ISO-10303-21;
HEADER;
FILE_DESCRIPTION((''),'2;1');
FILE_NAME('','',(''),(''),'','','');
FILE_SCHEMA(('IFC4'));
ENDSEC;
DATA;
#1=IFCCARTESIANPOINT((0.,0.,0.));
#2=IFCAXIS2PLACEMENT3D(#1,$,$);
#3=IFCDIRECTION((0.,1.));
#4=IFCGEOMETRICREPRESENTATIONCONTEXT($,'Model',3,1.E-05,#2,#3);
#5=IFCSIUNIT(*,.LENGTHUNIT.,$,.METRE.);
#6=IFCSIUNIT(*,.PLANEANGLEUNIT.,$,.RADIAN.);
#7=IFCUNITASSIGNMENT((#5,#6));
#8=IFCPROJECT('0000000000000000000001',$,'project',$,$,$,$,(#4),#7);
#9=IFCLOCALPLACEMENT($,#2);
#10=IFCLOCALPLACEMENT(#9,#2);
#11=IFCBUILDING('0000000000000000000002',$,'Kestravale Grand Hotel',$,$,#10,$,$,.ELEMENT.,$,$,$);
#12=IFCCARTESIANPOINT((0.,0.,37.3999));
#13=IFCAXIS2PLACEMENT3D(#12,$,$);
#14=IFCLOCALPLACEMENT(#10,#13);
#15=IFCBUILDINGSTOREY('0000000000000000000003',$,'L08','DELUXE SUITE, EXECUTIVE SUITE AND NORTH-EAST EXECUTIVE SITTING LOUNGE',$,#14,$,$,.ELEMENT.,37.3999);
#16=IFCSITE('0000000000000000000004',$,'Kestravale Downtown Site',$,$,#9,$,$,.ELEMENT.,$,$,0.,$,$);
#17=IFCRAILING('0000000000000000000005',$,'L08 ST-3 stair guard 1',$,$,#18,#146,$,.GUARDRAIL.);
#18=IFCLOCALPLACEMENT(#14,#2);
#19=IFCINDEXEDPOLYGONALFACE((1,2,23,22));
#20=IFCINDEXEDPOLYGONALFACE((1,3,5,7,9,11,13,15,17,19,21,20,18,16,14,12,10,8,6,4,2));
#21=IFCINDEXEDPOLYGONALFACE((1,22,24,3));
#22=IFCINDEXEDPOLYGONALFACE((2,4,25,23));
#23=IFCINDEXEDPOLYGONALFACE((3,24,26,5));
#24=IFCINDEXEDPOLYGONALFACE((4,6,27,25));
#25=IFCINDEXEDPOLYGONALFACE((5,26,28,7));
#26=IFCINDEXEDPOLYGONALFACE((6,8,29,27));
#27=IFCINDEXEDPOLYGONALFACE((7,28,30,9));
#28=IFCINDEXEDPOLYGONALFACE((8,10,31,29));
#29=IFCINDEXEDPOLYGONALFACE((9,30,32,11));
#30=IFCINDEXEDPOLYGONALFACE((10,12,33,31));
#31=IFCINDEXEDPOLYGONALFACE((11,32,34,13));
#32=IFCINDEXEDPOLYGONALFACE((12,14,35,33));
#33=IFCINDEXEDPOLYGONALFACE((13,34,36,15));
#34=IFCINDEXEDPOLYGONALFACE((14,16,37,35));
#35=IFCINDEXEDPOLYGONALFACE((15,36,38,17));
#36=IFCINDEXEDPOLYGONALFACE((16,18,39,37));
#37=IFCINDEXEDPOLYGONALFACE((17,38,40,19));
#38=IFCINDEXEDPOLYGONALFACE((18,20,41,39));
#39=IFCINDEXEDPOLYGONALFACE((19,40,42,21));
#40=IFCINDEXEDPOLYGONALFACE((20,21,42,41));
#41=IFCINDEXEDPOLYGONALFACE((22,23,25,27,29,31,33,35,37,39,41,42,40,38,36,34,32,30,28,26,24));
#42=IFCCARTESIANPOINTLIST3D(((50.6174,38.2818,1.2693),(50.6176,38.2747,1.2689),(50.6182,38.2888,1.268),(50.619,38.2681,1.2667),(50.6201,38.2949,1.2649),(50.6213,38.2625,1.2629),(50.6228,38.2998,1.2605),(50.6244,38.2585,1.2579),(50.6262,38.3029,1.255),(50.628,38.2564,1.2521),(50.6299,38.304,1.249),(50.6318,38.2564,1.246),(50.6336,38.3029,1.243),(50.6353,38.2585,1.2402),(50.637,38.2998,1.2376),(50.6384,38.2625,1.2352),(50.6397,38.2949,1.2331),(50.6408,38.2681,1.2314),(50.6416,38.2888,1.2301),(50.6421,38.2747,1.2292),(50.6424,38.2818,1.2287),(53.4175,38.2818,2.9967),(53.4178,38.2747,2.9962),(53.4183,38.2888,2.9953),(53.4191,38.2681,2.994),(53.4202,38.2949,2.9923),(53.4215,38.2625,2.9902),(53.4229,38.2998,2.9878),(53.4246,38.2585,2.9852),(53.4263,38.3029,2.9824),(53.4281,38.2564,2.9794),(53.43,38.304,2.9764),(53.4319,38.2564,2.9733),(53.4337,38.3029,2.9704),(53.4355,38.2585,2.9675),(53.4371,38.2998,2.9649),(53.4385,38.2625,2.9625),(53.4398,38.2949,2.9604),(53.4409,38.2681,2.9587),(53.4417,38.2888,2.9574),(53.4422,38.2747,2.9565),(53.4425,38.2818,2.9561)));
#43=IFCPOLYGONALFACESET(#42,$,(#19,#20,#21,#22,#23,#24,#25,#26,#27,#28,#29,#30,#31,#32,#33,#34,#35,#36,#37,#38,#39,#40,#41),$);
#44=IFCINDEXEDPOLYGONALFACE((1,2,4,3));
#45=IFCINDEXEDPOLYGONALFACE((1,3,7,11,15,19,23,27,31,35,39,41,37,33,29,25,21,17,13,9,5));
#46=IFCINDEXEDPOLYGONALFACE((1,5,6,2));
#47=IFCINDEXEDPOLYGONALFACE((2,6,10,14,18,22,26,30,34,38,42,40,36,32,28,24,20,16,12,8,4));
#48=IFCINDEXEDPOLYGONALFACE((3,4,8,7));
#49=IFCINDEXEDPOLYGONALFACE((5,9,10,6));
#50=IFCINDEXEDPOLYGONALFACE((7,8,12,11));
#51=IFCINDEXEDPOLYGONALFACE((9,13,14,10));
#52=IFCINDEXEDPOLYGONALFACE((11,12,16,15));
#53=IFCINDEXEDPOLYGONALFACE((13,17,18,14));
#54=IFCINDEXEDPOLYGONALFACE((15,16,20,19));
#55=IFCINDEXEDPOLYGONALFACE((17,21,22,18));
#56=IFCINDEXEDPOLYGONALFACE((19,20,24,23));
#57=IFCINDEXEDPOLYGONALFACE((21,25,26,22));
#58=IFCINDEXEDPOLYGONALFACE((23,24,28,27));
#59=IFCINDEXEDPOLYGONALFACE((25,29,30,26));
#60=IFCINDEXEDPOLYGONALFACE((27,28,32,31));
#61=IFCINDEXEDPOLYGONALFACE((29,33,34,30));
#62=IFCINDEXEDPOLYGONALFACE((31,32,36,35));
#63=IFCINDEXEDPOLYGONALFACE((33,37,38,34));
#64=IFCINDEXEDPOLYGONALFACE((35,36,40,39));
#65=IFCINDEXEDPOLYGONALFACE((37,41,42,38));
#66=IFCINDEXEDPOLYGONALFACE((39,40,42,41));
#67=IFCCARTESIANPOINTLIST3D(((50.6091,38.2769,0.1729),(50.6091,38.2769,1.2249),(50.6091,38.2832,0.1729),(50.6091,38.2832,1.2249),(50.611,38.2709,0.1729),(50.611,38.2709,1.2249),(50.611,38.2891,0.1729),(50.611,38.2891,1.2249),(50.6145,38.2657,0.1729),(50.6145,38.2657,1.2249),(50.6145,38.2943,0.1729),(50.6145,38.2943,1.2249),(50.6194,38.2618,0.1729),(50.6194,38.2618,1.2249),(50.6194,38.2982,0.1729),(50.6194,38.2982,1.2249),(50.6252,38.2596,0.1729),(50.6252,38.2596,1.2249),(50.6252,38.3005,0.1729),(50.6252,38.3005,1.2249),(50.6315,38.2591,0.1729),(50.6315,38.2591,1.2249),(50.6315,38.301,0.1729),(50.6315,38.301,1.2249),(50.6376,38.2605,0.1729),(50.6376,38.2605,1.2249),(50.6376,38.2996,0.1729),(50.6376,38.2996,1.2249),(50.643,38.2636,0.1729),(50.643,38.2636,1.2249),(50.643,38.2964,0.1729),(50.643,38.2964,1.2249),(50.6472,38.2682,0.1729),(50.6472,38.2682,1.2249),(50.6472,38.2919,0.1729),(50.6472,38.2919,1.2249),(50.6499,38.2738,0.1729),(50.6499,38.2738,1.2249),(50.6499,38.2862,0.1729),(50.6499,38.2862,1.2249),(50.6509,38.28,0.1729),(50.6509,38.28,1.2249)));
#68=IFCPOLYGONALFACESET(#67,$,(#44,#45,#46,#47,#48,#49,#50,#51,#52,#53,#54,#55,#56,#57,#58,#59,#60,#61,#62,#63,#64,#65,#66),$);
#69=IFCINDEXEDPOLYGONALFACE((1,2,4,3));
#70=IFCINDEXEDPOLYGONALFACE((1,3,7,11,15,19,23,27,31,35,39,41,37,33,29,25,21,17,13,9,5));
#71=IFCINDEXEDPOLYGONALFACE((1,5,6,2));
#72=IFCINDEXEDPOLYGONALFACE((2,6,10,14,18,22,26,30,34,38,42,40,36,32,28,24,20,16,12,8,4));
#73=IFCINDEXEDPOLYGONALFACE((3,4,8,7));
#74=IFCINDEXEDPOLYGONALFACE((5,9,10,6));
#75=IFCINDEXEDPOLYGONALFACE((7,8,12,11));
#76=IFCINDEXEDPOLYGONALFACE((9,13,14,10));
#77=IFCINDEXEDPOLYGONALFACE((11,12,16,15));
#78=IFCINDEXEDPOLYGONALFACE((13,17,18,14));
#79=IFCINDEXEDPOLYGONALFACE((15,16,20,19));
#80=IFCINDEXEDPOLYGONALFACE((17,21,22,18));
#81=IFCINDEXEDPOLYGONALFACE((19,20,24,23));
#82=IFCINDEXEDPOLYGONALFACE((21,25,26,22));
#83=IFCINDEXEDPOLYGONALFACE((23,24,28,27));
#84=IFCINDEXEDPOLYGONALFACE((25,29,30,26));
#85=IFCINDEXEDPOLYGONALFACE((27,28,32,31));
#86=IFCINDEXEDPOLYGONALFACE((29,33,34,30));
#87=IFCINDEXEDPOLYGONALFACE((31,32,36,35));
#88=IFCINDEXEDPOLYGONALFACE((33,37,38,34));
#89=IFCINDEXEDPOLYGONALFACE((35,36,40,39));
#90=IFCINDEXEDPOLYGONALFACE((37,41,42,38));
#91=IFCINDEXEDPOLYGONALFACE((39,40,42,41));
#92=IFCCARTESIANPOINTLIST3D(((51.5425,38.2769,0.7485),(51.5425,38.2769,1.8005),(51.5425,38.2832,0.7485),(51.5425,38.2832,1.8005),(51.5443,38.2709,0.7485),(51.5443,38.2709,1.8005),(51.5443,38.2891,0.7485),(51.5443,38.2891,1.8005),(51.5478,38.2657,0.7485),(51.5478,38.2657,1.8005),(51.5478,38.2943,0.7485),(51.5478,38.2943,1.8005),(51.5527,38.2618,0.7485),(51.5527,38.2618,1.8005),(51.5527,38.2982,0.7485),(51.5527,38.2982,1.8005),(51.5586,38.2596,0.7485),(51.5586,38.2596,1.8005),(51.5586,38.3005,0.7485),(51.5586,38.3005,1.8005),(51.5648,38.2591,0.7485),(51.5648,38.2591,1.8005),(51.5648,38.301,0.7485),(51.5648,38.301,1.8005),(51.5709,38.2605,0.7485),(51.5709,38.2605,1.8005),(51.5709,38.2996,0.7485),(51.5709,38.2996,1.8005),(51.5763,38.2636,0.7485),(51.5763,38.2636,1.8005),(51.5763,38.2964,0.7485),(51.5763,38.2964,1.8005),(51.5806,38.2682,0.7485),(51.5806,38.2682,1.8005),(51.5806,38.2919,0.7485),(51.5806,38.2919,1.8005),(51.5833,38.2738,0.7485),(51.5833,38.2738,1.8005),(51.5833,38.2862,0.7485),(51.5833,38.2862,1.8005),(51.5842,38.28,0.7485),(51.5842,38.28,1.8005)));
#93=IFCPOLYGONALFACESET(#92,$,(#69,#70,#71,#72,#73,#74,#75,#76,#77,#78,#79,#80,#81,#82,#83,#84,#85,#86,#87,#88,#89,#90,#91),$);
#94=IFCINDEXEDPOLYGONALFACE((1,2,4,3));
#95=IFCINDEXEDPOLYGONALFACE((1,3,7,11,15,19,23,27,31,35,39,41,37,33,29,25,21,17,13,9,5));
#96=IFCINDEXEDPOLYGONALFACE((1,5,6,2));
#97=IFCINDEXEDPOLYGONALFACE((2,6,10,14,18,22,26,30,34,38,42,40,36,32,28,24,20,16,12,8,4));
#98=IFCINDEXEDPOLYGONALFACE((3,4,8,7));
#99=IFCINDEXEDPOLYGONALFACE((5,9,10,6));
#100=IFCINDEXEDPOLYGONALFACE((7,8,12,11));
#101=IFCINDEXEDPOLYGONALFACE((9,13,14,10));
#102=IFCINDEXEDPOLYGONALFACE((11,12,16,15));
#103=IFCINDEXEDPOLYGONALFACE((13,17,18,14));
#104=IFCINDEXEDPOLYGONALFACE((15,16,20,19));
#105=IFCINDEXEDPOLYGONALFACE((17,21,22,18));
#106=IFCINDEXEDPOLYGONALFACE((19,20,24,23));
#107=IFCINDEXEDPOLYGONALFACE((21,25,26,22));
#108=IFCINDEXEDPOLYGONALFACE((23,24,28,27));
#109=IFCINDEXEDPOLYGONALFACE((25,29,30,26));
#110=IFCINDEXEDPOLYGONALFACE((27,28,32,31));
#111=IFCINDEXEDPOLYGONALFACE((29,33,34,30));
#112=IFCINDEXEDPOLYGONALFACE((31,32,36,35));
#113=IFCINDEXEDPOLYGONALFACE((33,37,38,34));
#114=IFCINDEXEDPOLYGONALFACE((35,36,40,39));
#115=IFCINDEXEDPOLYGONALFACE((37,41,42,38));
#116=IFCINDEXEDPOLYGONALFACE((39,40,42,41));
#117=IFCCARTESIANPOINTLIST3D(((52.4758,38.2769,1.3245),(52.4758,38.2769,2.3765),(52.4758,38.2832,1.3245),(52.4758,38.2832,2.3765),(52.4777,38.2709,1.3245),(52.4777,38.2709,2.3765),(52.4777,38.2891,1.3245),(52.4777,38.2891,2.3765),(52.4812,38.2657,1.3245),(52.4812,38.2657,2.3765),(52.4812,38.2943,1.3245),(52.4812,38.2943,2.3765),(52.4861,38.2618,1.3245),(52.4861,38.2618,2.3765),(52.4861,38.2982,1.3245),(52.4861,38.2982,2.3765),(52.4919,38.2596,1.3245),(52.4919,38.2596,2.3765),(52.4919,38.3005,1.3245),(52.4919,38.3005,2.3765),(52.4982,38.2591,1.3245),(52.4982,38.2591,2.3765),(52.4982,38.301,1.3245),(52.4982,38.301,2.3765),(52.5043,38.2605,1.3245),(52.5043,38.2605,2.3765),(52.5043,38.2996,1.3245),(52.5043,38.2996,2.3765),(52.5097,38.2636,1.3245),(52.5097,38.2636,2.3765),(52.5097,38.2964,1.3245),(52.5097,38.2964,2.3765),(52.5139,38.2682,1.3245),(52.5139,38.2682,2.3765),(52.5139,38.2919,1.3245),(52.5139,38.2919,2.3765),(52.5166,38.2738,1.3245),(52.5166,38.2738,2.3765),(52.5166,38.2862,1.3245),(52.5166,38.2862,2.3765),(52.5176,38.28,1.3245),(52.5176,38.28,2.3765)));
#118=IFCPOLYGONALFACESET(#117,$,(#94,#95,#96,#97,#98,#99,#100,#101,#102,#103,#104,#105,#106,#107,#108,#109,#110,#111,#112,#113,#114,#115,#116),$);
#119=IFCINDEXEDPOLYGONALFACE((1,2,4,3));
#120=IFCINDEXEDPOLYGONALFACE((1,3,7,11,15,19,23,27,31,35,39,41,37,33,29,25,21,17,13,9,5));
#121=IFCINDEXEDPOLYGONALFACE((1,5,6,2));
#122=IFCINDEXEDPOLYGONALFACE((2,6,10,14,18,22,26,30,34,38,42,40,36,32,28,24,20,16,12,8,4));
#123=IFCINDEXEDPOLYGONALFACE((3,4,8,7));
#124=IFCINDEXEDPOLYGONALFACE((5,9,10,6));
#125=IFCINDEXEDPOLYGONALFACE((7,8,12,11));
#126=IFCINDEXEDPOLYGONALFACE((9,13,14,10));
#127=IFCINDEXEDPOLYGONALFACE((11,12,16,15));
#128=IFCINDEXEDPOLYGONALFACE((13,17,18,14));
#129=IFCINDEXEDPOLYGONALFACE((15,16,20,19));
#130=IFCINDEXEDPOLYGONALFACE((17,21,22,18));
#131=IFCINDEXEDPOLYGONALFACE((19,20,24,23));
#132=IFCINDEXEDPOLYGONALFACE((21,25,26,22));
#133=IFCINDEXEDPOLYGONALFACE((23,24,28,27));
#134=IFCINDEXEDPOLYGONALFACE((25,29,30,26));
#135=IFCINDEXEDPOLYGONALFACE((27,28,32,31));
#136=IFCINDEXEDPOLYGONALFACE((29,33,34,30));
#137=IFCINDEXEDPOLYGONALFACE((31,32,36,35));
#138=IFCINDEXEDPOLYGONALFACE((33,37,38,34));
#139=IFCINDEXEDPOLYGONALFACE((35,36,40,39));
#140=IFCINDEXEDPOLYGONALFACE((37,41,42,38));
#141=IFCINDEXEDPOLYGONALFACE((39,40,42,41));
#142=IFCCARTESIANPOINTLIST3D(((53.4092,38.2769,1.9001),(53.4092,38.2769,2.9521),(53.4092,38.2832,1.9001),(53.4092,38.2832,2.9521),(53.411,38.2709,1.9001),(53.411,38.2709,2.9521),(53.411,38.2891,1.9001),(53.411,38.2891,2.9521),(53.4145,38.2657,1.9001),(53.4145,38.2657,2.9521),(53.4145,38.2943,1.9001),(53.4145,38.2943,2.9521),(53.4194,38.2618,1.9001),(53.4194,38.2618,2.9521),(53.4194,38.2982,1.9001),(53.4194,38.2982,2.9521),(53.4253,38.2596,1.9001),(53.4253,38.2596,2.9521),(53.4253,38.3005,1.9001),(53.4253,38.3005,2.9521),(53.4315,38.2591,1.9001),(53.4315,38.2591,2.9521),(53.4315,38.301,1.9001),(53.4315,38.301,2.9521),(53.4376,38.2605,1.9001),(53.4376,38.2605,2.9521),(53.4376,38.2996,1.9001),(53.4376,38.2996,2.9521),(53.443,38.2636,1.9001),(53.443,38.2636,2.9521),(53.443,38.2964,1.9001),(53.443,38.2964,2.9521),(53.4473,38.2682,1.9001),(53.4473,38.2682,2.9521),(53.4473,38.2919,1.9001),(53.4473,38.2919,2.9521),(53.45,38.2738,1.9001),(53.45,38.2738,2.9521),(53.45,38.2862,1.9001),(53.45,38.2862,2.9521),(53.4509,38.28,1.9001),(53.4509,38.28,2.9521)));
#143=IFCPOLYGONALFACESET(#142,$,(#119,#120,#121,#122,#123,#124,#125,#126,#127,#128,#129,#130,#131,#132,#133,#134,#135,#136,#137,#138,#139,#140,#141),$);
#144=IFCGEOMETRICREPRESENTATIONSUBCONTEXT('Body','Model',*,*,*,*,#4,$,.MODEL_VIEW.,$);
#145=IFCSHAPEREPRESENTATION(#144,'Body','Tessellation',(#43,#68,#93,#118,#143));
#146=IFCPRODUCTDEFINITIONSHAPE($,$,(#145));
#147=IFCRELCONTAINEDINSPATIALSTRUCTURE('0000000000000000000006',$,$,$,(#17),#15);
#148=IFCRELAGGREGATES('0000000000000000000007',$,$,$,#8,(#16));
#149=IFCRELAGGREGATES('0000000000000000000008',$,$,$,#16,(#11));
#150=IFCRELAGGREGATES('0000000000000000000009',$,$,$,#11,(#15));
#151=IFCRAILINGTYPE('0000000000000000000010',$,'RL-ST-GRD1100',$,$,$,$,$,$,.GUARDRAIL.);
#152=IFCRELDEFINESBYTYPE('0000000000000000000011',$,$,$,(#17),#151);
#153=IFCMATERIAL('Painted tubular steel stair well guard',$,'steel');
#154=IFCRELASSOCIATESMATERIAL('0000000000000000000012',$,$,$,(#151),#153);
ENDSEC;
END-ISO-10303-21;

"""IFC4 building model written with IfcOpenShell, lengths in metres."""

from ifc_helpers import new_model, si_unit, direction, frame, origin, origin_2d, place, context, subcontext, project, spatial, circle, extrude, material, type_object, element, save


model = new_model("IFC4")

# Units and contexts
model_context = context("Model", 3, precision=1e-05, world=origin(), true_north=direction((0.0, 1.0)))
body_context = subcontext(model_context, "Body", "Model", "MODEL_VIEW")
ifc_project = project(units=[si_unit("LENGTHUNIT", "METRE"), si_unit("PLANEANGLEUNIT", "RADIAN")], contexts=[model_context])

# Site, building, storey
site_placement = place(None, origin())
site = spatial("IfcSite", under=ifc_project, at=site_placement, Name="Kestravale Downtown Site", CompositionType="ELEMENT", RefElevation=0.0)
building_placement = place(site_placement, origin())
building = spatial("IfcBuilding", under=site, at=building_placement, Name="Kestravale Grand Hotel", CompositionType="ELEMENT")
storey_placement = place(building_placement, frame((0.0, 0.0, 37.3999)))
storey = spatial("IfcBuildingStorey", under=building, at=storey_placement, Name="L08", Description="DELUXE SUITE, EXECUTIVE SUITE AND NORTH-EAST EXECUTIVE SITTING LOUNGE", CompositionType="ELEMENT", Elevation=37.3999)

# Railing
ifc_material_1 = material(Name="Painted tubular steel stair well guard", Category="steel")
railing_type_1 = type_object("IfcRailingType", Name="RL-ST-GRD1100", PredefinedType="GUARDRAIL", material=ifc_material_1)
railing_1_placement = place(storey_placement, frame((50.6299, 38.28, 0.1729)))
element("IfcRailing", 1, at=railing_1_placement, inside=storey, type_object=railing_type_1, Name="L08 ST-3 stair guard 1", PredefinedType="GUARDRAIL", context=body_context, shape_type="SweptSolid", body=[
    extrude(circle(Radius=0.0239, at=origin_2d()), frame((0.0, 0.0, 1.0762), z_axis=(0.85109, 0.0, 0.52502), x_axis=(0.0, 1.0, 0.0)), (0.0, 0.0, 1.0), 3.29),
    extrude(circle(Radius=0.021, at=origin_2d()), origin(), (0.0, 0.0, 1.0), 1.052),
    extrude(circle(Radius=0.021, at=origin_2d()), frame((0.9333, 0.0, 0.5757)), (0.0, 0.0, 1.0), 1.052),
    extrude(circle(Radius=0.021, at=origin_2d()), frame((1.8667, 0.0, 1.1516)), (0.0, 0.0, 1.0), 1.052),
    extrude(circle(Radius=0.021, at=origin_2d()), frame((2.8, 0.0, 1.7273)), (0.0, 0.0, 1.0), 1.052),
])

save(model, "model.ifc")
